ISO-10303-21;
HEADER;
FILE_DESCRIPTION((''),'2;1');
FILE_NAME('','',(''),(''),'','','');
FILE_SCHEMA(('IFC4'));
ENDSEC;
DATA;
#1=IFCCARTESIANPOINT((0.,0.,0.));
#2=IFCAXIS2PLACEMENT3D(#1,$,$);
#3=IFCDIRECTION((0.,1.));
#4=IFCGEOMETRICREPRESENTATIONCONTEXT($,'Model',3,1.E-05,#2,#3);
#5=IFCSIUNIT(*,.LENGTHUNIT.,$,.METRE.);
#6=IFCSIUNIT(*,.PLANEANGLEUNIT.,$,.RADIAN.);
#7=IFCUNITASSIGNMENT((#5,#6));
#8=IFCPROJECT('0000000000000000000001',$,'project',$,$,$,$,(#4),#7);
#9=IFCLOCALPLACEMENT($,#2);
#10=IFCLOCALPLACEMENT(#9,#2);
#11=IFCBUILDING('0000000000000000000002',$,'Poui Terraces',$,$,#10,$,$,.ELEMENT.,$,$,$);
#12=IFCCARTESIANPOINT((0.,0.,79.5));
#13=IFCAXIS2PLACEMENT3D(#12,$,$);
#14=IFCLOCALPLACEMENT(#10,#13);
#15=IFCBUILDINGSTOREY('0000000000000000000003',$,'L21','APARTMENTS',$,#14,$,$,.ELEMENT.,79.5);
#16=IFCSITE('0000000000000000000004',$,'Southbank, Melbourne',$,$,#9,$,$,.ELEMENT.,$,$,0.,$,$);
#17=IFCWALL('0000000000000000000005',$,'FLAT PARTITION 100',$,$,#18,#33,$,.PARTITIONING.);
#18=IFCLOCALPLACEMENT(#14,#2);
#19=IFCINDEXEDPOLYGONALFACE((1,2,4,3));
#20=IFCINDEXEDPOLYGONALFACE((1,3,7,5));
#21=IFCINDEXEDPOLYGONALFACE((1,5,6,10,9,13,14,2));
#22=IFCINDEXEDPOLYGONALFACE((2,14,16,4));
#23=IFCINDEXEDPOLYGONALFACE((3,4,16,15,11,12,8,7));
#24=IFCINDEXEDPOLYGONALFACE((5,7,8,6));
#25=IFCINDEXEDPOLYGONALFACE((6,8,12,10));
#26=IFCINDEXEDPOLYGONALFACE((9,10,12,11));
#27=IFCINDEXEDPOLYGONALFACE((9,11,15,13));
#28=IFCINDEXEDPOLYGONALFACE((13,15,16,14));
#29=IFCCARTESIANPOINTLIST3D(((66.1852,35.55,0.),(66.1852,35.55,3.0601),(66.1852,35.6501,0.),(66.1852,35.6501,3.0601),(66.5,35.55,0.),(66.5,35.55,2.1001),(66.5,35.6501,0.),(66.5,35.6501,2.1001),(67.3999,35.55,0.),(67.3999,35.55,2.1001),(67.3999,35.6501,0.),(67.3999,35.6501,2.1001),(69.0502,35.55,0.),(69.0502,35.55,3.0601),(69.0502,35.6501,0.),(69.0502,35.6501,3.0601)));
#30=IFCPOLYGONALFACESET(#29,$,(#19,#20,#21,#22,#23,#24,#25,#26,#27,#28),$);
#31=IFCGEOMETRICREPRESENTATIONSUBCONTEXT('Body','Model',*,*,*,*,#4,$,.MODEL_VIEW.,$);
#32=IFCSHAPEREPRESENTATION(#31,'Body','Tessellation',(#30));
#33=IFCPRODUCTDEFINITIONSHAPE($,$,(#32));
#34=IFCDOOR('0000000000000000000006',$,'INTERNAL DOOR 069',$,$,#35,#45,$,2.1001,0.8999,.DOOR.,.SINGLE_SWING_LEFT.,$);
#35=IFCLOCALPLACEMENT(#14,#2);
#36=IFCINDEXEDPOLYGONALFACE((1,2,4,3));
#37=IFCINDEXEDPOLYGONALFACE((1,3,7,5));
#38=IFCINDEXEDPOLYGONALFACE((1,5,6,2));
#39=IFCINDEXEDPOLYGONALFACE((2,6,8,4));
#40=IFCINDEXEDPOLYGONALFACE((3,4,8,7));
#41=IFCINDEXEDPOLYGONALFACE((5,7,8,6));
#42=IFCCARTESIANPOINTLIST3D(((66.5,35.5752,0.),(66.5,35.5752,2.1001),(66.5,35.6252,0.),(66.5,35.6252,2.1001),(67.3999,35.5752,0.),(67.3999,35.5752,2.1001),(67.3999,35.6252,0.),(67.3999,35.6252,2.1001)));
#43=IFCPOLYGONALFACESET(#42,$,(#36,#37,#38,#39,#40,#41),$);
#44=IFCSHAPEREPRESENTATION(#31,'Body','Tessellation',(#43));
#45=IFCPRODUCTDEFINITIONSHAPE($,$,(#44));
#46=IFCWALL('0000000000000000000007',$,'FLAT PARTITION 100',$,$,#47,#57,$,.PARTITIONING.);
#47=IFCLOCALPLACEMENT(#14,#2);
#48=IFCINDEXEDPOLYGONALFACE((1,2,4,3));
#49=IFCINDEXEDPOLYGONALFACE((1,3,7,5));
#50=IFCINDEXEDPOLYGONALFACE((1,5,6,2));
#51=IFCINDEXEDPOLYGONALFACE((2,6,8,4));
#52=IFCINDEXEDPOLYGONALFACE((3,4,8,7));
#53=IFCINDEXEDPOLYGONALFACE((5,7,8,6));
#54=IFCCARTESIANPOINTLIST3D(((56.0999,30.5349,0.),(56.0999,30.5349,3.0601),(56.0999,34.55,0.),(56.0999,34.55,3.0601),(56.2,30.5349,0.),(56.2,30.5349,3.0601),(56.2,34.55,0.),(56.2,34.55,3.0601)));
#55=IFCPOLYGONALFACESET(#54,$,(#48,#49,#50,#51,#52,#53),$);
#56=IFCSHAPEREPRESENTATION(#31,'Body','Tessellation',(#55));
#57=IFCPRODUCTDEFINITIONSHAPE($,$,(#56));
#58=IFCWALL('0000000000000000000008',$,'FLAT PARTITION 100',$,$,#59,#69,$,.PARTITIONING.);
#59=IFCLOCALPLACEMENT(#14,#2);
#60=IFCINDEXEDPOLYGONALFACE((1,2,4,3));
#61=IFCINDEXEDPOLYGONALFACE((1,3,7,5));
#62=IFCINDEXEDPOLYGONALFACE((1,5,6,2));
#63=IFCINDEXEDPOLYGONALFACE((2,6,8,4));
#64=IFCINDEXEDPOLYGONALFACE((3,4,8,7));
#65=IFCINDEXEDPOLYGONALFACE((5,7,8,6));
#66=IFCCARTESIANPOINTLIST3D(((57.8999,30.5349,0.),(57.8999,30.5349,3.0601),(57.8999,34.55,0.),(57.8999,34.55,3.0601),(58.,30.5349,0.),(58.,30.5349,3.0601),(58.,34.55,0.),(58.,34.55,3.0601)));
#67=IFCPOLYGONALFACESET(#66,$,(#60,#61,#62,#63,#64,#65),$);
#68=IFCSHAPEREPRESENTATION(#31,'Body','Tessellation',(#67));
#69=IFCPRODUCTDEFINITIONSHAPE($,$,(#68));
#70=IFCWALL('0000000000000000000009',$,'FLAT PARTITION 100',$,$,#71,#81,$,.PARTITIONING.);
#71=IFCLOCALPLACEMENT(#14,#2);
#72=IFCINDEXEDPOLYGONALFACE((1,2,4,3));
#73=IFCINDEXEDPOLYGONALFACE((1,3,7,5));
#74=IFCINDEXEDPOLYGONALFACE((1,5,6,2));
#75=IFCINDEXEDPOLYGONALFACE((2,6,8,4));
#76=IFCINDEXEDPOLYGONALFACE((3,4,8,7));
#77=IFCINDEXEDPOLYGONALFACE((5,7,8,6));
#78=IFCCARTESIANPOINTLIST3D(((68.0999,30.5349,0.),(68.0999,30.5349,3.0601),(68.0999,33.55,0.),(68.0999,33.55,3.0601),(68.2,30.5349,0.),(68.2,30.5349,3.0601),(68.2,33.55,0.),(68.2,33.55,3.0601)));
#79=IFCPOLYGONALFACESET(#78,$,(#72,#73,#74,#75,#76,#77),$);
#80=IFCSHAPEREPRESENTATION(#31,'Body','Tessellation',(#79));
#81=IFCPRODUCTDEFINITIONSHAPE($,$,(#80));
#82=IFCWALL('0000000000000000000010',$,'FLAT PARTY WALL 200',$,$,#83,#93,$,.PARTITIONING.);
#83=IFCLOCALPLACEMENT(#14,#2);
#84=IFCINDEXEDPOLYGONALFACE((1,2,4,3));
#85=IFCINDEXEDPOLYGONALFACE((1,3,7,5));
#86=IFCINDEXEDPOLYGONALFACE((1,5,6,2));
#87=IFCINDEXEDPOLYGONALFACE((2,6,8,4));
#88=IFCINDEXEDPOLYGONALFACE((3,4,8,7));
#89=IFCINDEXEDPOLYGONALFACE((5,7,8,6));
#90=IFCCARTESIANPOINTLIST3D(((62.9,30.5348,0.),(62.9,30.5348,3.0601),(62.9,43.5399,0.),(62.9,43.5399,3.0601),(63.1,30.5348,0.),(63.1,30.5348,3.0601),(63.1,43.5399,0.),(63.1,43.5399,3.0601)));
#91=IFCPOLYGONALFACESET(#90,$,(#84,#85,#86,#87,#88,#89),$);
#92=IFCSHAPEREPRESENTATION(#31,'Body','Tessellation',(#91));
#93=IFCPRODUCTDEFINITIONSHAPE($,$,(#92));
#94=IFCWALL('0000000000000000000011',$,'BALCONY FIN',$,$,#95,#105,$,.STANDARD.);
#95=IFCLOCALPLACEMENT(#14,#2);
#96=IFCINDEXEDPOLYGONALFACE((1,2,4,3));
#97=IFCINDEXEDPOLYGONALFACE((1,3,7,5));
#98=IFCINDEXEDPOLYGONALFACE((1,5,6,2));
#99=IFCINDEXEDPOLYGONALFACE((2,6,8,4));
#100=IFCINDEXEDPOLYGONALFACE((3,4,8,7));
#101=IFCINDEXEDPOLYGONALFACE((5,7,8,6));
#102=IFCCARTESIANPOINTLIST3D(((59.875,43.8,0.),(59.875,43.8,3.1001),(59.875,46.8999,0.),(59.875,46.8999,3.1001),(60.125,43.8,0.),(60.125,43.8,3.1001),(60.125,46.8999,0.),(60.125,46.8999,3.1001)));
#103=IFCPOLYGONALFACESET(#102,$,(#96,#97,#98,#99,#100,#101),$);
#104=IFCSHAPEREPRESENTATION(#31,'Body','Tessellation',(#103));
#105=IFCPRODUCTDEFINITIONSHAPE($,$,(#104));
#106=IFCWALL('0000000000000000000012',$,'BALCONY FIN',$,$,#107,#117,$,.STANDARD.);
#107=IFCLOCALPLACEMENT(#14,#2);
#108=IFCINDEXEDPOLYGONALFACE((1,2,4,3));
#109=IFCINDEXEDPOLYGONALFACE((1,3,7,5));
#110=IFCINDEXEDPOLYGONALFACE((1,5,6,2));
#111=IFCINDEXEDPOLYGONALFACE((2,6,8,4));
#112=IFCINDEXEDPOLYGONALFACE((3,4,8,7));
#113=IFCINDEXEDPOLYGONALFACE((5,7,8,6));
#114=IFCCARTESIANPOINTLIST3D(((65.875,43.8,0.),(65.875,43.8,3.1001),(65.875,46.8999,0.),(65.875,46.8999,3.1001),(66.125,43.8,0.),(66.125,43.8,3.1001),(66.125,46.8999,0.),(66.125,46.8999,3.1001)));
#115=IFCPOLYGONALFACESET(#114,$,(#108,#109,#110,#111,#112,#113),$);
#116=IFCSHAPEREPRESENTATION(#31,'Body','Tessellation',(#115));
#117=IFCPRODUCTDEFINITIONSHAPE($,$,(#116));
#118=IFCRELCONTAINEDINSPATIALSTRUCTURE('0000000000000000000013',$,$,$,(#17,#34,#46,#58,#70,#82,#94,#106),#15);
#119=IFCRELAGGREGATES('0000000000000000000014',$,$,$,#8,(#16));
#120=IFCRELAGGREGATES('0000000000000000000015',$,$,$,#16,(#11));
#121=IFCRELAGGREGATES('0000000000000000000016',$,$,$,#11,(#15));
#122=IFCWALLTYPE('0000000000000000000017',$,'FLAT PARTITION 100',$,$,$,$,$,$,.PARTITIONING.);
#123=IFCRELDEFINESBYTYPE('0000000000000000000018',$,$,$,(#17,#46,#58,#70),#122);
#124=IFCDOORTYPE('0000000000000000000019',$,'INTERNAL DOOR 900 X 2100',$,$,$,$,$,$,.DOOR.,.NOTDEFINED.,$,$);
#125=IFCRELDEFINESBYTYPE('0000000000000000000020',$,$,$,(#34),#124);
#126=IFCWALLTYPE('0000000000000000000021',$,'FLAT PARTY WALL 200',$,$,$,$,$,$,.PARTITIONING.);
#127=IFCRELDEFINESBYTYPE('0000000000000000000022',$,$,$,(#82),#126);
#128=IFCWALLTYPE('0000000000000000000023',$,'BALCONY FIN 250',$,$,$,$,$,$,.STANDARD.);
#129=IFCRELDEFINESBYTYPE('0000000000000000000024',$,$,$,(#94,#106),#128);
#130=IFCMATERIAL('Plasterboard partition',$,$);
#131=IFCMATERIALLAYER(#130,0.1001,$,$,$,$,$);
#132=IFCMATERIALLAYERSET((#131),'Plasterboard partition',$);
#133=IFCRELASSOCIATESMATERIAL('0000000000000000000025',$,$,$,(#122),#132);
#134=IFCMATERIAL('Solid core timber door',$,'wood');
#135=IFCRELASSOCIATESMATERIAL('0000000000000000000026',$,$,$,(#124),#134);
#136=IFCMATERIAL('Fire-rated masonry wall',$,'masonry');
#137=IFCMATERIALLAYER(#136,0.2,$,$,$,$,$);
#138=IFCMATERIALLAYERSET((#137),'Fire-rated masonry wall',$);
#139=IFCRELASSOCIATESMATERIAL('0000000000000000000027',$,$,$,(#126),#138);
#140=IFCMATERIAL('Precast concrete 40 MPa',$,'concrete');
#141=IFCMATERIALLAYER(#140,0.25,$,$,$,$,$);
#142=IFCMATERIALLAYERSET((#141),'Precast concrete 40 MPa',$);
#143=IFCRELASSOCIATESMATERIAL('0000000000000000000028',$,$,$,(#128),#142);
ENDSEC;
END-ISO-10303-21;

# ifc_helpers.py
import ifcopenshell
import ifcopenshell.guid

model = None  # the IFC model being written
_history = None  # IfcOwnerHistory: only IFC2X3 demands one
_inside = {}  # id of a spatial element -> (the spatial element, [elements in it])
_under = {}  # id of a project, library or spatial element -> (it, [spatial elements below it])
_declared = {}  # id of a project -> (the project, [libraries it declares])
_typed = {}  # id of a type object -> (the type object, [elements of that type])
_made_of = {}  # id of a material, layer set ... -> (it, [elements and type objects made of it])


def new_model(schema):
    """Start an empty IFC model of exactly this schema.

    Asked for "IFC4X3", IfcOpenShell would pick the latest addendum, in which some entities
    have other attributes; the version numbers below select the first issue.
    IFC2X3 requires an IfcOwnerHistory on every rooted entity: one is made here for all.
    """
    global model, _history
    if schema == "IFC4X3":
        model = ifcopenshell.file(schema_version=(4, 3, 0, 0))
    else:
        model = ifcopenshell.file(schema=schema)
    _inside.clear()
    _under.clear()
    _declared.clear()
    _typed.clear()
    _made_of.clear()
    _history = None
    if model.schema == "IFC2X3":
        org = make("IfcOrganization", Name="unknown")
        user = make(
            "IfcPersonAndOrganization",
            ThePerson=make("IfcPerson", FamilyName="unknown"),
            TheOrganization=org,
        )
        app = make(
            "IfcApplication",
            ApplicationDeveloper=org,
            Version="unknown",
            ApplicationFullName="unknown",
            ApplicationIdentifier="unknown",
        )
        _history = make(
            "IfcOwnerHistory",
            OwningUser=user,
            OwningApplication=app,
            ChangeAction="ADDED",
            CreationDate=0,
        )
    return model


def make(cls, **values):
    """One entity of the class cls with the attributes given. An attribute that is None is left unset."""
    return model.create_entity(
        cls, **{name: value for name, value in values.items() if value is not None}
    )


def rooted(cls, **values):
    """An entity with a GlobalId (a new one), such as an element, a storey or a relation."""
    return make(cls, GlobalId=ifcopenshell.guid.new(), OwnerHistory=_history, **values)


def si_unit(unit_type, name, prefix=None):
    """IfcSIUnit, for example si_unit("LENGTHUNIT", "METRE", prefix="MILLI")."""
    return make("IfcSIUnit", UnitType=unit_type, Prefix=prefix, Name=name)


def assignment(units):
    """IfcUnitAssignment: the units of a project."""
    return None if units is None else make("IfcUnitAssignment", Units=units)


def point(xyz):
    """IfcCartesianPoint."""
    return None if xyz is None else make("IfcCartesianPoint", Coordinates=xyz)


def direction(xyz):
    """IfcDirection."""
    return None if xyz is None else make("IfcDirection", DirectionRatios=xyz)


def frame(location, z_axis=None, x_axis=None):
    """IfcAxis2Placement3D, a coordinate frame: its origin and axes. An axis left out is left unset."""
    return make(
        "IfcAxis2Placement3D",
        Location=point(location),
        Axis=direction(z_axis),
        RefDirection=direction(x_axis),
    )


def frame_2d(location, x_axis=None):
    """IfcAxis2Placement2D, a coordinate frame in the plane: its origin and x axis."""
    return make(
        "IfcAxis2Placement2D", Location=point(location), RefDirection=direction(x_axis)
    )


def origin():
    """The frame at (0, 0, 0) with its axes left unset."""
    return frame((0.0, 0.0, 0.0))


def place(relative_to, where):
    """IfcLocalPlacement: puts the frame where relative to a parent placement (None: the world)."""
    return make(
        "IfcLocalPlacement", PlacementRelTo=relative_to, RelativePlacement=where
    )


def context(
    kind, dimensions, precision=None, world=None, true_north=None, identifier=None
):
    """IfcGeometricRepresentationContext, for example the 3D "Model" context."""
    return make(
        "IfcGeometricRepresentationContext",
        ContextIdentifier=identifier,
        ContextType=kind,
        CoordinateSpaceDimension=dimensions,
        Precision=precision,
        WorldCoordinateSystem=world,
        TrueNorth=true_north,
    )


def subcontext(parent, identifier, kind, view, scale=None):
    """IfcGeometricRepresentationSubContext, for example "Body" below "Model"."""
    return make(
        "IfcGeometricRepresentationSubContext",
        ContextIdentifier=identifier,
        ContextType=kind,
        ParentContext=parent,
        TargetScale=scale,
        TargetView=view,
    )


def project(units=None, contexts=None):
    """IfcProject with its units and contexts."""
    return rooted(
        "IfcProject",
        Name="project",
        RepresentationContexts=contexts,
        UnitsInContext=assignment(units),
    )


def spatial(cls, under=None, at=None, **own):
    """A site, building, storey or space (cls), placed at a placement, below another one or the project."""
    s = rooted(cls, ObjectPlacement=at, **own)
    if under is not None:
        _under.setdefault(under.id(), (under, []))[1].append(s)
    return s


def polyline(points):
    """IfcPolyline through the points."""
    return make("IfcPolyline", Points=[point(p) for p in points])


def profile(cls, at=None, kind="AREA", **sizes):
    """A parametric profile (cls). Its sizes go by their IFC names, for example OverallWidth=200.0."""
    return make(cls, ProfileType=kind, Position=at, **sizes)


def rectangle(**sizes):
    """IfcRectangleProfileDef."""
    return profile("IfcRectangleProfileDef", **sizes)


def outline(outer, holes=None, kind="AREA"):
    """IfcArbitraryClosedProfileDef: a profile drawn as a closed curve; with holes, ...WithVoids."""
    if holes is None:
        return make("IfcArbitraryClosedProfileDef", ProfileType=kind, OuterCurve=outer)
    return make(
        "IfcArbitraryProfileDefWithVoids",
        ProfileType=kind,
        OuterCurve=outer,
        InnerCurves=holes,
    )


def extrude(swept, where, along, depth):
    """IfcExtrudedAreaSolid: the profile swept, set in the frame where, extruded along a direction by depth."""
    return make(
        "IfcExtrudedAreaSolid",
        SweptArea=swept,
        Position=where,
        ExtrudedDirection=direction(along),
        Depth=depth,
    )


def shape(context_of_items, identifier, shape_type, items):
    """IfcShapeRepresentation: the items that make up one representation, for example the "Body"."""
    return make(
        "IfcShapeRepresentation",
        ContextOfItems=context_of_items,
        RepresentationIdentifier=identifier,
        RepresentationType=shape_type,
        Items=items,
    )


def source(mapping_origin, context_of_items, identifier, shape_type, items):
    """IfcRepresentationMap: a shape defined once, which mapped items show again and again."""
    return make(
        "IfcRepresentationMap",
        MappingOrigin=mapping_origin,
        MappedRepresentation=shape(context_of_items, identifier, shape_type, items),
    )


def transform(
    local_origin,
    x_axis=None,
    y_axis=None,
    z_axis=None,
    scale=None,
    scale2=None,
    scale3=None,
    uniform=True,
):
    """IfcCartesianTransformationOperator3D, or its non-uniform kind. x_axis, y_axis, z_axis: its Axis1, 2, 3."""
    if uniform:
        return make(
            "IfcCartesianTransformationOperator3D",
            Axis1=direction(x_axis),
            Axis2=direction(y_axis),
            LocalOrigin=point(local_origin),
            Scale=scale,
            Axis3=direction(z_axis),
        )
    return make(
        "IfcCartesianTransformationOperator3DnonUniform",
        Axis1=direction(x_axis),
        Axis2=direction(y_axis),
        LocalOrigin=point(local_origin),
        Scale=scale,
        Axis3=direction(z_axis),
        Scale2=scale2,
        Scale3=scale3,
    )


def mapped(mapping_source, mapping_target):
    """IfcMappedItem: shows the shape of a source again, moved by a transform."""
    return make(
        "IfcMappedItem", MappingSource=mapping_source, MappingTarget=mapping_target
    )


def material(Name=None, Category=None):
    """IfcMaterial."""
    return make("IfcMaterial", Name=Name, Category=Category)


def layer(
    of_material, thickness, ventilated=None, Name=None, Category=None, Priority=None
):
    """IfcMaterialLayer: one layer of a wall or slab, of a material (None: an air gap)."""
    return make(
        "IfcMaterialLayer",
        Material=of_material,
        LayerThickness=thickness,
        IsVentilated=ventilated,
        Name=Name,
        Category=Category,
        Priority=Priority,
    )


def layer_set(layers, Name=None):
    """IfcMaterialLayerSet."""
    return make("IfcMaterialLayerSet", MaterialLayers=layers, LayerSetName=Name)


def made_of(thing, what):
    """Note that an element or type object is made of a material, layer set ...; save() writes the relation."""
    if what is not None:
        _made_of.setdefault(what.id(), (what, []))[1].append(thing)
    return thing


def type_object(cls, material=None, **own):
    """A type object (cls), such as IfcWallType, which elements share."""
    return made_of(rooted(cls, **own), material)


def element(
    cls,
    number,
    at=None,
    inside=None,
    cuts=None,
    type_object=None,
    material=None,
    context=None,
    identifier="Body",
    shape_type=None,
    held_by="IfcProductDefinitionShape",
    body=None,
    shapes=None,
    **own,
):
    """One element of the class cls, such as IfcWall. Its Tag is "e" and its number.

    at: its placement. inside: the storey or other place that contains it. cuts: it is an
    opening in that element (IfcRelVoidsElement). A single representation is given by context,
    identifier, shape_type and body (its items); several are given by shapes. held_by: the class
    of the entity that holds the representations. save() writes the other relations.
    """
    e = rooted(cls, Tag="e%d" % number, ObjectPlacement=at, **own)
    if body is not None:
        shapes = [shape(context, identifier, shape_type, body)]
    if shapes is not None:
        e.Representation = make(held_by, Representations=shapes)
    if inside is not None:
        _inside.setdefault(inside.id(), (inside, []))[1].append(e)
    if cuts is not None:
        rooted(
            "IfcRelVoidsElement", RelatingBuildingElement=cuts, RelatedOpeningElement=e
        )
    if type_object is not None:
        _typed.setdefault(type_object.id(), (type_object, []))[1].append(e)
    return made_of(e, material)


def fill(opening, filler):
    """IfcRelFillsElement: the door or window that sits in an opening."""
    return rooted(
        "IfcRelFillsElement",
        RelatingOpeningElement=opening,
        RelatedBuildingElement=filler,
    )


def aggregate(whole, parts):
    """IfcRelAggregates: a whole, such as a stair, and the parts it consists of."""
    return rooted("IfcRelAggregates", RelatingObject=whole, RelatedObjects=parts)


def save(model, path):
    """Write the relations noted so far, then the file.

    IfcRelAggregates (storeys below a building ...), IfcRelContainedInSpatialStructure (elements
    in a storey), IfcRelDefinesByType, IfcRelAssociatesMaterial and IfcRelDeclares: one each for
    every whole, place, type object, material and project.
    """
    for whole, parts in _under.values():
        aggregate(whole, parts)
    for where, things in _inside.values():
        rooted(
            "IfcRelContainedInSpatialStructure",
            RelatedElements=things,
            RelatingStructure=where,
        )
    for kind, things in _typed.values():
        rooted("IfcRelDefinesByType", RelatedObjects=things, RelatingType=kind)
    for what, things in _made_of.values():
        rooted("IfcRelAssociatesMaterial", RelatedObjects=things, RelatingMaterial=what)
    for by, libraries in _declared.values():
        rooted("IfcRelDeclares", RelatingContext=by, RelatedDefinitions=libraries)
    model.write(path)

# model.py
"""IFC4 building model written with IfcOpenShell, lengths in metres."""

from ifc_helpers import new_model, si_unit, direction, frame, frame_2d, origin, place, context, subcontext, project, spatial, polyline, rectangle, outline, extrude, source, transform, mapped, material, layer, layer_set, type_object, element, fill, save


model = new_model("IFC4")

# Units and contexts
model_context = context("Model", 3, precision=1e-05, world=origin(), true_north=direction((0.0, 1.0)))
body_context = subcontext(model_context, "Body", "Model", "MODEL_VIEW")
ifc_project = project(units=[si_unit("LENGTHUNIT", "METRE"), si_unit("PLANEANGLEUNIT", "RADIAN")], contexts=[model_context])

# Site, building, storey
site_placement = place(None, origin())
site = spatial("IfcSite", under=ifc_project, at=site_placement, Name="Southbank, Melbourne", CompositionType="ELEMENT", RefElevation=0.0)
building_placement = place(site_placement, origin())
building = spatial("IfcBuilding", under=site, at=building_placement, Name="Poui Terraces", CompositionType="ELEMENT")
storey_placement = place(building_placement, frame((0.0, 0.0, 79.5)))
storey = spatial("IfcBuildingStorey", under=building, at=storey_placement, Name="L21", Description="APARTMENTS", CompositionType="ELEMENT", Elevation=79.5)

# Wall, opening, door
ifc_material_1 = material(Name="Plasterboard partition")
ifc_layer_1 = layer(ifc_material_1, 0.1001)
ifc_layer_set_1 = layer_set([ifc_layer_1], Name="Plasterboard partition")
wall_type_1 = type_object("IfcWallType", Name="FLAT PARTITION 100", PredefinedType="PARTITIONING", material=ifc_layer_set_1)
ifc_material_2 = material(Name="Solid core timber door", Category="wood")
door_type_1 = type_object("IfcDoorType", Name="INTERNAL DOOR 900 X 2100", OperationType="NOTDEFINED", PredefinedType="DOOR", material=ifc_material_2)
wall_1_placement = place(storey_placement, frame((66.1851, 35.6001, 0.0), z_axis=(0.0, 0.0, 1.0), x_axis=(1.0, 0.0, 0.0)))
wall_1 = element("IfcWall", 1, at=wall_1_placement, inside=storey, type_object=wall_type_1, Name="FLAT PARTITION 100", PredefinedType="PARTITIONING", context=body_context, shape_type="SweptSolid", body=[
    extrude(rectangle(XDim=2.865, YDim=0.1001, at=frame_2d((1.4326, 0.0))), origin(), (0.0, 0.0, 1.0), 3.0601),
])
opening_1_placement = place(wall_1_placement, frame((0.3149, 0.0, 0.0)))
opening_1 = element("IfcOpeningElement", 2, at=opening_1_placement, cuts=wall_1, PredefinedType="OPENING", context=body_context, shape_type="SweptSolid", body=[
    extrude(rectangle(XDim=0.8999, YDim=2.1001, at=frame_2d((0.45, 1.05))), frame((0.0, 0.0601, 0.0), z_axis=(0.0, -1.0, 0.0), x_axis=(1.0, 0.0, 0.0)), (0.0, 0.0, 1.0), 0.1201),
])
door_1_placement = place(opening_1_placement, frame((0.8999, 0.0, 0.0), z_axis=(0.0, 0.0, 1.0), x_axis=(-1.0, 0.0, 0.0)))
door_1 = element("IfcDoor", 3, at=door_1_placement, inside=storey, type_object=door_type_1, Name="INTERNAL DOOR 069", OperationType="SINGLE_SWING_LEFT", OverallHeight=2.1001, OverallWidth=0.8999, PredefinedType="DOOR", context=body_context, shape_type="SweptSolid", body=[
    extrude(rectangle(XDim=0.8999, YDim=2.1001, at=frame_2d((0.45, 1.05))), frame((0.0, 0.0249, 0.0), z_axis=(0.0, -1.0, 0.0), x_axis=(1.0, 0.0, 0.0)), (0.0, 0.0, 1.0), 0.05),
])
fill(opening_1, door_1)

# Walls
for number, where, z_axis, x_axis, name in (
    (4, (56.1499, 30.5349, 0.0), (0.0, 0.0, 1.0), (0.0, 1.0, 0.0), "FLAT PARTITION 100"),
    (5, (57.95, 30.5349, 0.0), (0.0, 0.0, 1.0), (0.0, 1.0, 0.0), "FLAT PARTITION 100"),
):
    element("IfcWall", number, at=place(storey_placement, frame(where, z_axis=z_axis, x_axis=x_axis)), inside=storey, type_object=wall_type_1, Name=name, PredefinedType="PARTITIONING", context=body_context, shape_type="SweptSolid", body=[
        extrude(rectangle(XDim=4.0151, YDim=0.1001, at=frame_2d((2.0076, 0.0))), origin(), (0.0, 0.0, 1.0), 3.0601),
    ])
wall_2_placement = place(storey_placement, frame((68.1499, 30.5349, 0.0), z_axis=(0.0, 0.0, 1.0), x_axis=(0.0, 1.0, 0.0)))
element("IfcWall", 6, at=wall_2_placement, inside=storey, type_object=wall_type_1, Name="FLAT PARTITION 100", PredefinedType="PARTITIONING", context=body_context, shape_type="SweptSolid", body=[
    extrude(rectangle(XDim=3.0151, YDim=0.1001, at=frame_2d((1.5076, 0.0))), origin(), (0.0, 0.0, 1.0), 3.0601),
])
ifc_material_3 = material(Name="Fire-rated masonry wall", Category="masonry")
ifc_layer_2 = layer(ifc_material_3, 0.2)
ifc_layer_set_2 = layer_set([ifc_layer_2], Name="Fire-rated masonry wall")
wall_type_2 = type_object("IfcWallType", Name="FLAT PARTY WALL 200", PredefinedType="PARTITIONING", material=ifc_layer_set_2)
wall_3_placement = place(storey_placement, frame((63.0, 30.5349, 0.0), z_axis=(0.0, 0.0, 1.0), x_axis=(0.0, 1.0, 0.0)))
element("IfcWall", 7, at=wall_3_placement, inside=storey, type_object=wall_type_2, Name="FLAT PARTY WALL 200", PredefinedType="PARTITIONING", context=body_context, shape_type="SweptSolid", body=[
    extrude(rectangle(XDim=13.0051, YDim=0.2, at=frame_2d((6.5024, 0.0))), origin(), (0.0, 0.0, 1.0), 3.0601),
])
ifc_material_4 = material(Name="Precast concrete 40 MPa", Category="concrete")
ifc_layer_3 = layer(ifc_material_4, 0.25)
ifc_layer_set_3 = layer_set([ifc_layer_3], Name="Precast concrete 40 MPa")
wall_type_3 = type_object("IfcWallType", Name="BALCONY FIN 250", PredefinedType="STANDARD", material=ifc_layer_set_3)
shared_shape_1 = source(origin(), body_context, "Body", "SweptSolid", [
    extrude(outline(polyline([(0.0, 0.0), (0.25, 0.0), (0.25, 3.0999), (0.0, 3.0999), (0.0, 0.0)])), origin(), (0.0, 0.0, 1.0), 3.1001),
])
for number, where, name in (
    (8, (59.875, 43.8, 0.0), "BALCONY FIN"),
    (9, (65.875, 43.8, 0.0), "BALCONY FIN"),
):
    element("IfcWall", number, at=place(storey_placement, frame(where)), inside=storey, type_object=wall_type_3, Name=name, PredefinedType="STANDARD", context=body_context, shape_type="MappedRepresentation", body=[
        mapped(shared_shape_1, transform((0.0, 0.0, 0.0))),
    ])

save(model, "model.ifc")
